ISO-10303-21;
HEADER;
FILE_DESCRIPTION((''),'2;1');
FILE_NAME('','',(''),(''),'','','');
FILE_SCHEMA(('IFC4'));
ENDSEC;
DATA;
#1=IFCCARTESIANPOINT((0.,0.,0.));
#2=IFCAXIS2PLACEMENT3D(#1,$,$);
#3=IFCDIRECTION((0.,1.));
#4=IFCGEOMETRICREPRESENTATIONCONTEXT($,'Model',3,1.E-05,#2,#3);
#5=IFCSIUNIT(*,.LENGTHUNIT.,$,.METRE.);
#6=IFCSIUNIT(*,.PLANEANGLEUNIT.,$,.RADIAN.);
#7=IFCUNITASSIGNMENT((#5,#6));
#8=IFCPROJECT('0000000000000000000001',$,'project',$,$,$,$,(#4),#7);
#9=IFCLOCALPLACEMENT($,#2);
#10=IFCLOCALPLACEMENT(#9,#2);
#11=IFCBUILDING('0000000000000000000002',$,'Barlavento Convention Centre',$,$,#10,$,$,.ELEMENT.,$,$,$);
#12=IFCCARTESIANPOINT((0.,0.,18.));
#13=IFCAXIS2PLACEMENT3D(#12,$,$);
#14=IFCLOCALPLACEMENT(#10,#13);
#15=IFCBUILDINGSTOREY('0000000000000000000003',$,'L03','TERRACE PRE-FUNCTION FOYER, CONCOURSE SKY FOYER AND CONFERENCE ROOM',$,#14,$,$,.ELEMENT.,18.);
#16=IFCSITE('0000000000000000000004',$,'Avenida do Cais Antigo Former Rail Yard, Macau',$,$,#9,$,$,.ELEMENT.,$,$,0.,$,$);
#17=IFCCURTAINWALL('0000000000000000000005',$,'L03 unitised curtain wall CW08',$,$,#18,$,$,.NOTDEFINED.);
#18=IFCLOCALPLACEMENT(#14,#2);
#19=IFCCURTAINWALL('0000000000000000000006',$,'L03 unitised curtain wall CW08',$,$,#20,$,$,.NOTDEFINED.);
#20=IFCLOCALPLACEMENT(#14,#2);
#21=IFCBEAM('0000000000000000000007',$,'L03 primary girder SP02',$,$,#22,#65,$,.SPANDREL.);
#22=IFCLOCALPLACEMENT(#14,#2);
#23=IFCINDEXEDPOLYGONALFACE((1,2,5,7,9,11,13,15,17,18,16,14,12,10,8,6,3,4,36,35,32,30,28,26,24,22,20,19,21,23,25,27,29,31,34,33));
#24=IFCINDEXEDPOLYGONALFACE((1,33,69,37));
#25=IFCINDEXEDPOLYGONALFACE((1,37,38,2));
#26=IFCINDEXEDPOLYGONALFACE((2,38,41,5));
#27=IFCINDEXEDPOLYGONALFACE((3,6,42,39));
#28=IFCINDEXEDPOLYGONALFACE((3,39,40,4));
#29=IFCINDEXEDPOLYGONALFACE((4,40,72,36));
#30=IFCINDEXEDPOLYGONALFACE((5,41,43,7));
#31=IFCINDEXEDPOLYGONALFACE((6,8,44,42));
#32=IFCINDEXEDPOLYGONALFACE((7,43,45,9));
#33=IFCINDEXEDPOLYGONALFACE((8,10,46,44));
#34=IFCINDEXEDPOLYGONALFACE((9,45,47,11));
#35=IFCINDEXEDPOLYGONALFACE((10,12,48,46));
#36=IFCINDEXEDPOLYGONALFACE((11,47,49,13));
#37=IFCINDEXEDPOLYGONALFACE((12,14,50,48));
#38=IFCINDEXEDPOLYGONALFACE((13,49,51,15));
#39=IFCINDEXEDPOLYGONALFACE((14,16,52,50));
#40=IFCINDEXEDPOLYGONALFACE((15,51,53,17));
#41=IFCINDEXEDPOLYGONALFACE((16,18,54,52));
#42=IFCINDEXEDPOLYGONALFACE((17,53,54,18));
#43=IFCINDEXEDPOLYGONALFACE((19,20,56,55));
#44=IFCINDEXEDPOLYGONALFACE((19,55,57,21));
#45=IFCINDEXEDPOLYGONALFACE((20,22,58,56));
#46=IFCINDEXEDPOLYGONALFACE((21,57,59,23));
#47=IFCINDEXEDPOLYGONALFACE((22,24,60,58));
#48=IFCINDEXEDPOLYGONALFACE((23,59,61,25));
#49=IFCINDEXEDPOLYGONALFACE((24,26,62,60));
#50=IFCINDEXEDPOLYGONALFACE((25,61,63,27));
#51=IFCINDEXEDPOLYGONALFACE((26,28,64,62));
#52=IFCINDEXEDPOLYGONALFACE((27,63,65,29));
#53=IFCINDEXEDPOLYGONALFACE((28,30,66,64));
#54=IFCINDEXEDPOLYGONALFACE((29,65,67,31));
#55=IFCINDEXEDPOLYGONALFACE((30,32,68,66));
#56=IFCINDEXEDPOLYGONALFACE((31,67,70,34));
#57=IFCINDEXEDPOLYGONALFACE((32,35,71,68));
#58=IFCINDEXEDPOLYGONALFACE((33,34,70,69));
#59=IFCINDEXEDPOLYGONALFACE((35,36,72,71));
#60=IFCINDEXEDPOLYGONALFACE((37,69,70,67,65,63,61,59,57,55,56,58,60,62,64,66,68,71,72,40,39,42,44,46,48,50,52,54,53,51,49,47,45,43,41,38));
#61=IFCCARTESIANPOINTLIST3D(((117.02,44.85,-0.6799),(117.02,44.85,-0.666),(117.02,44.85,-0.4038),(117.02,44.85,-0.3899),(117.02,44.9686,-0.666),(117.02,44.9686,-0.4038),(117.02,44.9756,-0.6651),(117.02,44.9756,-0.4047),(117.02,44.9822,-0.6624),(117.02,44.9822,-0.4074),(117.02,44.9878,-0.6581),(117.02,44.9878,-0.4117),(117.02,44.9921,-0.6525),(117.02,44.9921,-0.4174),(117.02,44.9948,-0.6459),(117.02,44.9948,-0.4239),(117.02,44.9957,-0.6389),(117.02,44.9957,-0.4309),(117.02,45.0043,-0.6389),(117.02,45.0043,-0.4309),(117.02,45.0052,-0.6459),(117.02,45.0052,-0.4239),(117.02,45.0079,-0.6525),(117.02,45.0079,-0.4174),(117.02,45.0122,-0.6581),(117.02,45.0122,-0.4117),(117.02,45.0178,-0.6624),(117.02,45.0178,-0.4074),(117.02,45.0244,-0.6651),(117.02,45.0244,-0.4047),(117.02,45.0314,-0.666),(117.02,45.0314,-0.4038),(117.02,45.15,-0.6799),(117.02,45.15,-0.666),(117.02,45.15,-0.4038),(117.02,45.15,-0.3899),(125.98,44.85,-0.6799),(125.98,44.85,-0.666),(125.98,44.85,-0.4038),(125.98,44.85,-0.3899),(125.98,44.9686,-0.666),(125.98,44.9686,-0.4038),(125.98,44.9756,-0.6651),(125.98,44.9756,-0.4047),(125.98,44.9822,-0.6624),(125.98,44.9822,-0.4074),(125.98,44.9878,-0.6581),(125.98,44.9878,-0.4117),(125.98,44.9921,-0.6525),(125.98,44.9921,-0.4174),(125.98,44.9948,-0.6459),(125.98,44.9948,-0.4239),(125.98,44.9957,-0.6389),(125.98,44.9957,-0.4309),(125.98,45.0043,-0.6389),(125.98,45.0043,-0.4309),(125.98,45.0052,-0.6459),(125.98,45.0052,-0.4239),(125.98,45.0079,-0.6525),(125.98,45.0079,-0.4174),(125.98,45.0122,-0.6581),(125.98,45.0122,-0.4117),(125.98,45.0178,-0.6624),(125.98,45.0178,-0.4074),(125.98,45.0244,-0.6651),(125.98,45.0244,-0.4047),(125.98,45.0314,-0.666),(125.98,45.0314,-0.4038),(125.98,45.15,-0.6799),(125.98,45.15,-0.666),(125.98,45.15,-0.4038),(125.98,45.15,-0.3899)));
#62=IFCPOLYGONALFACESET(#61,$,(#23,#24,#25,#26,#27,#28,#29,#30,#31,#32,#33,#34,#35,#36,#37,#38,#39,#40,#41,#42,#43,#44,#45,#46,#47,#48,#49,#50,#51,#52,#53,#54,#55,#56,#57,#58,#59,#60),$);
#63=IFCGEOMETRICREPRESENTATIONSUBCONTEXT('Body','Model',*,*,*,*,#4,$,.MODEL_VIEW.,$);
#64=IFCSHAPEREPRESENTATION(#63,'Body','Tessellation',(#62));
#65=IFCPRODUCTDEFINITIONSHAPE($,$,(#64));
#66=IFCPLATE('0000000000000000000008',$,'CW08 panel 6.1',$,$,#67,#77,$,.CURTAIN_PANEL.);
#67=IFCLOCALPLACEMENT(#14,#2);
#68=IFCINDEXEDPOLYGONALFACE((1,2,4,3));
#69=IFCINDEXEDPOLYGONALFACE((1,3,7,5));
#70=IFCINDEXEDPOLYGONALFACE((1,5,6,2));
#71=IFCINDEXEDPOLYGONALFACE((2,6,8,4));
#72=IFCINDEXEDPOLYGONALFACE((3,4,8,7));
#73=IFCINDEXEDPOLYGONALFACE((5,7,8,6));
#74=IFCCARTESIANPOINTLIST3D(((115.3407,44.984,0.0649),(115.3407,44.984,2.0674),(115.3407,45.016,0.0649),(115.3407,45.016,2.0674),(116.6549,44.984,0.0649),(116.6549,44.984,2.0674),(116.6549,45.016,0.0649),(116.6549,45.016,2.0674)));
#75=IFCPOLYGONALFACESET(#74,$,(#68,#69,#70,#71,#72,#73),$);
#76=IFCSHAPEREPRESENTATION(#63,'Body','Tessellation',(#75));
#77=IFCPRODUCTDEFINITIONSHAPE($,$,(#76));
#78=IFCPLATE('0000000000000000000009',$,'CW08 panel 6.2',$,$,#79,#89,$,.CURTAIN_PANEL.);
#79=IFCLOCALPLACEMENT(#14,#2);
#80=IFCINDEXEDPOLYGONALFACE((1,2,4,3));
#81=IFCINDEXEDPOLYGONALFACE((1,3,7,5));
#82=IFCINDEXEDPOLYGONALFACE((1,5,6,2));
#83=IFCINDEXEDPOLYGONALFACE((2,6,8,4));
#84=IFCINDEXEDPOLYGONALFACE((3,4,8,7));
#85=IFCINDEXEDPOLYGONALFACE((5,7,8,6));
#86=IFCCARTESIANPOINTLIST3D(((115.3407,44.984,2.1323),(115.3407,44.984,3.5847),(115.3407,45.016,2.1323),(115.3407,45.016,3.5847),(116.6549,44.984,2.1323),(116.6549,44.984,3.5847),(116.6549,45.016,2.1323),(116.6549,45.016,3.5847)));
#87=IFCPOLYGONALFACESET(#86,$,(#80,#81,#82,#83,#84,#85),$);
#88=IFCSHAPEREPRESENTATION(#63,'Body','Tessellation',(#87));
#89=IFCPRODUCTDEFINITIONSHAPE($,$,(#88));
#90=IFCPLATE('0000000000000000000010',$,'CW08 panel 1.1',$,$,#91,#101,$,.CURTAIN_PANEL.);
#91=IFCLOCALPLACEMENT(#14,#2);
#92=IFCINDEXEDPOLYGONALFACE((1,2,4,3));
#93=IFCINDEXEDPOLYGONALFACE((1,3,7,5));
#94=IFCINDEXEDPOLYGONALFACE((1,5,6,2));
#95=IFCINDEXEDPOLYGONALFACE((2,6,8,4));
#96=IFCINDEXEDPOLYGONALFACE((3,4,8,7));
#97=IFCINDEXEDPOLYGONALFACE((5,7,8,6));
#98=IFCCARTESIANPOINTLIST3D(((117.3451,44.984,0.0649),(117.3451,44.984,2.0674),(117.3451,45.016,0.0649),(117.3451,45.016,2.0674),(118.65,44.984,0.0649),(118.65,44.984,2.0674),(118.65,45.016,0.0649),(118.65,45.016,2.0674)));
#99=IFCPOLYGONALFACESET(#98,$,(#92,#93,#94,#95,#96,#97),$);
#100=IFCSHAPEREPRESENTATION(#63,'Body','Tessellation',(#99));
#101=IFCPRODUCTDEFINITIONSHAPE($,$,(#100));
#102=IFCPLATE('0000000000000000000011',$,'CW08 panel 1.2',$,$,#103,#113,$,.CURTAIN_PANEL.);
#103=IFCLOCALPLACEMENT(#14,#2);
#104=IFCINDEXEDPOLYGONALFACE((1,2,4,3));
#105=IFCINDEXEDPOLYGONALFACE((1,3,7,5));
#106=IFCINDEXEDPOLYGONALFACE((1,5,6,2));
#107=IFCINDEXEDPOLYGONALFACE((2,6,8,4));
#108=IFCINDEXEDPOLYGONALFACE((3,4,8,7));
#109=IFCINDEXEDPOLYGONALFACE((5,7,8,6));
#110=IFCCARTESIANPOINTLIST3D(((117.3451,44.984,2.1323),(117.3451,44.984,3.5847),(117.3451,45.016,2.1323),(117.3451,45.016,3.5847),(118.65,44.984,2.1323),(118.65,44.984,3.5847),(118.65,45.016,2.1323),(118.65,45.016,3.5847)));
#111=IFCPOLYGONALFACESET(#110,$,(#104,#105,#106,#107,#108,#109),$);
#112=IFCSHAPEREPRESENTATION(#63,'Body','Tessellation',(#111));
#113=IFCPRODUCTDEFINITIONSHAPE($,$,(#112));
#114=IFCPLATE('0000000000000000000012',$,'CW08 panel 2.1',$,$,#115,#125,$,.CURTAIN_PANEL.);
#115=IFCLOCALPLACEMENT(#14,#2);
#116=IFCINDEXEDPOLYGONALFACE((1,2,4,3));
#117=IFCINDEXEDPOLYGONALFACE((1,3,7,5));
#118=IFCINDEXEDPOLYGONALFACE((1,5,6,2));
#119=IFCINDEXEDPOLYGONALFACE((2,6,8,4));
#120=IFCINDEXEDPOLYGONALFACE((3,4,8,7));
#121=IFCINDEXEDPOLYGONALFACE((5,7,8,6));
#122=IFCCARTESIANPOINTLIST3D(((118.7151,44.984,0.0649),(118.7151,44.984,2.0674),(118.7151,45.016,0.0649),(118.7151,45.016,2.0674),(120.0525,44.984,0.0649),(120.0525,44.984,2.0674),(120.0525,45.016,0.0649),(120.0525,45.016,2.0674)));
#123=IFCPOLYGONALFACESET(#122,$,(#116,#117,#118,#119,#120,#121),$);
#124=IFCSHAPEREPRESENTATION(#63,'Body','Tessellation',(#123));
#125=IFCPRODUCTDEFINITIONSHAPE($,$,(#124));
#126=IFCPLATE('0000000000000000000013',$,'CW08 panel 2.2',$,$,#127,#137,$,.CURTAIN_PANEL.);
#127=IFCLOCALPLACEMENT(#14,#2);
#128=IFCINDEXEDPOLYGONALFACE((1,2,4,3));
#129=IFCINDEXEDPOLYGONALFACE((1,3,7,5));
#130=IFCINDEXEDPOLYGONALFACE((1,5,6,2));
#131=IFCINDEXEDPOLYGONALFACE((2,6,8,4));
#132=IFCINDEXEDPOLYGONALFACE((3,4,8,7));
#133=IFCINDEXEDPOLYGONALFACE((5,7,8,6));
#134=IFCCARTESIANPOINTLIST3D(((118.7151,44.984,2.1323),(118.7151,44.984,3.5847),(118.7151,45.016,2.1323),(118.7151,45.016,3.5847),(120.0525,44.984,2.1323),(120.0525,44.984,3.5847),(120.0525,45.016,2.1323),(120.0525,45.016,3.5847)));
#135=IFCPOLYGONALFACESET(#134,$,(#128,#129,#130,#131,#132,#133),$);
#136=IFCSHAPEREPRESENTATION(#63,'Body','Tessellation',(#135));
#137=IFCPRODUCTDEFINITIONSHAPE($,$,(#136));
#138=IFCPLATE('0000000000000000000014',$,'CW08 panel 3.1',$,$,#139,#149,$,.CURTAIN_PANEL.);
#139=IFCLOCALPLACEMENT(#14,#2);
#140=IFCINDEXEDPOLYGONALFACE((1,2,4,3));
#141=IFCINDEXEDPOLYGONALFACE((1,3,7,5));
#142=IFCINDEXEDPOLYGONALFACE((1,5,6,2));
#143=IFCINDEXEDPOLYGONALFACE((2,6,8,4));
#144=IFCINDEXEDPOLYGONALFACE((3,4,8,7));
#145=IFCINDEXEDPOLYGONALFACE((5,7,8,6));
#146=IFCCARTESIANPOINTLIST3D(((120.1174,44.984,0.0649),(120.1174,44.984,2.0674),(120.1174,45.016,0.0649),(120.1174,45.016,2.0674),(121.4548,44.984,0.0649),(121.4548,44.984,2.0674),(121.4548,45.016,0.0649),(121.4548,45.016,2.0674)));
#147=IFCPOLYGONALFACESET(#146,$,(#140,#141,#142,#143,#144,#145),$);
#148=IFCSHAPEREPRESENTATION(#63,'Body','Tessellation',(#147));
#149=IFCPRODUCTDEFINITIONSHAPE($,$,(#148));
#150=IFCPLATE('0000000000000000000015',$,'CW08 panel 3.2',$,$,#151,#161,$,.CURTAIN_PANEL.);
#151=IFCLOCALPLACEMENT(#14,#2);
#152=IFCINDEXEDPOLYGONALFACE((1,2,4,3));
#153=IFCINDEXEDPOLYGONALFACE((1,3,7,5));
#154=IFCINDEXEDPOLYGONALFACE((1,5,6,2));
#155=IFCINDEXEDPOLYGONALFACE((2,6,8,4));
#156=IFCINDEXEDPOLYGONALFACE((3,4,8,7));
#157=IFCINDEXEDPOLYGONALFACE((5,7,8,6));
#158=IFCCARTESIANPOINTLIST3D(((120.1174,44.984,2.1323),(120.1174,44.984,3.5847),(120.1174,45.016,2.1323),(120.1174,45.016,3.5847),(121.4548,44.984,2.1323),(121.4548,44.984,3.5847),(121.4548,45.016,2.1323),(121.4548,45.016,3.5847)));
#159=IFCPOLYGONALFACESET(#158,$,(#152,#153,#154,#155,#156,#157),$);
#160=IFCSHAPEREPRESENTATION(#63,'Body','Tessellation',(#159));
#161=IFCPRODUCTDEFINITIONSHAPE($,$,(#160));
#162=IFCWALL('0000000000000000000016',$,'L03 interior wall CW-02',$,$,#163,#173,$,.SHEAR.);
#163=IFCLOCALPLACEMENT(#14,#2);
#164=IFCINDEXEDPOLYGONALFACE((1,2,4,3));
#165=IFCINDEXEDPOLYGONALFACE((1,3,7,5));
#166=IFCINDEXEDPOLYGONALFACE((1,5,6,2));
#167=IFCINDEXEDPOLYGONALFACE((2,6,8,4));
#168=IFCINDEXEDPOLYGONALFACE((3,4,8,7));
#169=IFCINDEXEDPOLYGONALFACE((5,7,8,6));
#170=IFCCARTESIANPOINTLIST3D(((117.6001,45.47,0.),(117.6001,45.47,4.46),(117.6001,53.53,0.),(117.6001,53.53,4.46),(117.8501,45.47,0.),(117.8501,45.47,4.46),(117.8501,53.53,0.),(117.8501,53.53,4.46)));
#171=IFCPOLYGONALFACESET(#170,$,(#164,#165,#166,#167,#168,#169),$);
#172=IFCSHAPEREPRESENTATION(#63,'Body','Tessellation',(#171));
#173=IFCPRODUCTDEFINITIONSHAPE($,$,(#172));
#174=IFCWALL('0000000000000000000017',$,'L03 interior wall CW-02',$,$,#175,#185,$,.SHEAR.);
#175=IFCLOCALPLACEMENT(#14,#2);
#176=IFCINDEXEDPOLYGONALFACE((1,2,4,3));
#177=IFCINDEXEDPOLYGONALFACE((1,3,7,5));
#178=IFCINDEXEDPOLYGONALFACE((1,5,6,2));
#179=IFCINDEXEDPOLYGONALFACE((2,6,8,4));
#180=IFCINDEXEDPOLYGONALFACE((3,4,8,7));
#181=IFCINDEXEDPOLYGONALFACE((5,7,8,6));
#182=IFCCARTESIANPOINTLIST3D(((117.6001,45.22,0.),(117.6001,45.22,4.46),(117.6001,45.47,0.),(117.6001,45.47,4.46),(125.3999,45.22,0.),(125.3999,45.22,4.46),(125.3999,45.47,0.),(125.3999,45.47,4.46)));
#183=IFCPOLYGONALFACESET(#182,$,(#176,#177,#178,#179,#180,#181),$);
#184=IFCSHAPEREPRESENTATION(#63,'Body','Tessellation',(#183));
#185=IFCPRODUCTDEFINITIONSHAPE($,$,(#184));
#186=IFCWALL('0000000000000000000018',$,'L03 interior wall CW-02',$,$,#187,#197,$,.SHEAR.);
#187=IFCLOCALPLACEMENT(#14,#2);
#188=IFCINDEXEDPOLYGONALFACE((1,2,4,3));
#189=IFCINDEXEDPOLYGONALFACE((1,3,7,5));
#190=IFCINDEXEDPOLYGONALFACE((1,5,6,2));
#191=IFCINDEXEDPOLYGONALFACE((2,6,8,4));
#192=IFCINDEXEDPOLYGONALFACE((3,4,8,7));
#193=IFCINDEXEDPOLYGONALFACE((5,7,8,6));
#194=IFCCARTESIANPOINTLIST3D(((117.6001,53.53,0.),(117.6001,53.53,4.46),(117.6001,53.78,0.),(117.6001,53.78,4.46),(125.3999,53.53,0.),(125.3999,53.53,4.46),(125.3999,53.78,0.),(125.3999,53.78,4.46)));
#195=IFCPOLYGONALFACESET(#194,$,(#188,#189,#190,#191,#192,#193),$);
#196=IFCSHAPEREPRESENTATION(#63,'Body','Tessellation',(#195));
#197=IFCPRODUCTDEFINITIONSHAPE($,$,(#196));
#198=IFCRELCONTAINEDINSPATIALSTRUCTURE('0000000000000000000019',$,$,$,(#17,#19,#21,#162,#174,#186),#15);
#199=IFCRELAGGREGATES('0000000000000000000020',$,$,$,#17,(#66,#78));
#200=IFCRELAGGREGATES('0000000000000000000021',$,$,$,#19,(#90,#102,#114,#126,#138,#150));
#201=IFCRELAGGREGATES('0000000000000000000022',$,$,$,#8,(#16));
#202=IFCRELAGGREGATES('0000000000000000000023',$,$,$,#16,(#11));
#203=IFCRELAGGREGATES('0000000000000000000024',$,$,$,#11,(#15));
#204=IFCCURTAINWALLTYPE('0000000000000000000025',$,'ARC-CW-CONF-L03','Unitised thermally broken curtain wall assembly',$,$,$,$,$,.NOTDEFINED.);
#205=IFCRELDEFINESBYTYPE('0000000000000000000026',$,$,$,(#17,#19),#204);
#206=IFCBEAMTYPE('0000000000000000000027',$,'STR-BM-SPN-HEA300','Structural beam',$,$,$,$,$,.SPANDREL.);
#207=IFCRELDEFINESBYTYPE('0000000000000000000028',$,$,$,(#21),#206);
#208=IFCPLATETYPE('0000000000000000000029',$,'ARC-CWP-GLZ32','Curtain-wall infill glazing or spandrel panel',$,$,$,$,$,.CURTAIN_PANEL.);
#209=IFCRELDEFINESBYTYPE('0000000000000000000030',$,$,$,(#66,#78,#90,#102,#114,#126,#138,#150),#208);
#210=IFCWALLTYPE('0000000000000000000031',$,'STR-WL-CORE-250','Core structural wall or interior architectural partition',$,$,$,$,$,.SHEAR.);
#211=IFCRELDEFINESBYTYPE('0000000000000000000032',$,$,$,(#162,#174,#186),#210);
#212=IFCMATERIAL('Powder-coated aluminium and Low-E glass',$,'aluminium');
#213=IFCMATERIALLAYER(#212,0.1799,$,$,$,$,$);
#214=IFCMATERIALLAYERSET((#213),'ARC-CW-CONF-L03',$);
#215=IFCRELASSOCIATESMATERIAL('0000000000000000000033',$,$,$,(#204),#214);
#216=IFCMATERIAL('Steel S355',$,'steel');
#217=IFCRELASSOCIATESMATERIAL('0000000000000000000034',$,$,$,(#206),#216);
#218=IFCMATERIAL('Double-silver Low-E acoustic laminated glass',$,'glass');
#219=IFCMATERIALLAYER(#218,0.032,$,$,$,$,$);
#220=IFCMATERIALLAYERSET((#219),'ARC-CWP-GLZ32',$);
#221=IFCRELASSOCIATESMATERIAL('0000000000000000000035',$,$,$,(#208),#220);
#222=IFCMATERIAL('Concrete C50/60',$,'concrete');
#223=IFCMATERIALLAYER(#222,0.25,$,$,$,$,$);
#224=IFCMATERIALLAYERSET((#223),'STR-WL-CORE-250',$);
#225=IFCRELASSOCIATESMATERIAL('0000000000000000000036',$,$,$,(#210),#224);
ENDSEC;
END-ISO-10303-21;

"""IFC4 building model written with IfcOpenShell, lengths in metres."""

from ifc_helpers import new_model, si_unit, direction, frame, frame_2d, origin, origin_2d, place, context, subcontext, project, spatial, rectangle, i_section, extrude, material, layer, layer_set, material_profile, profile_set, type_object, element, aggregate, save


model = new_model("IFC4")

# Units and contexts
model_context = context("Model", 3, precision=1e-05, world=origin(), true_north=direction((0.0, 1.0)))
body_context = subcontext(model_context, "Body", "Model", "MODEL_VIEW")
ifc_project = project(units=[si_unit("LENGTHUNIT", "METRE"), si_unit("PLANEANGLEUNIT", "RADIAN")], contexts=[model_context])

# Site, building, storey
site_placement = place(None, origin())
site = spatial("IfcSite", under=ifc_project, at=site_placement, Name="Avenida do Cais Antigo Former Rail Yard, Macau", CompositionType="ELEMENT", RefElevation=0.0)
building_placement = place(site_placement, origin())
building = spatial("IfcBuilding", under=site, at=building_placement, Name="Barlavento Convention Centre", CompositionType="ELEMENT")
storey_placement = place(building_placement, frame((0.0, 0.0, 18.0)))
storey = spatial("IfcBuildingStorey", under=building, at=storey_placement, Name="L03", Description="TERRACE PRE-FUNCTION FOYER, CONCOURSE SKY FOYER AND CONFERENCE ROOM", CompositionType="ELEMENT", Elevation=18.0)

# Shared definitions
ifc_material_1 = material(Name="Steel S355", Category="steel")

# Curtain wall
ifc_material_2 = material(Name="Powder-coated aluminium and Low-E glass", Category="aluminium")
ifc_layer_1 = layer(ifc_material_2, 0.1799)
ifc_layer_set_1 = layer_set([ifc_layer_1], Name="ARC-CW-CONF-L03")
curtain_wall_type = type_object("IfcCurtainWallType", Name="ARC-CW-CONF-L03", Description="Unitised thermally broken curtain wall assembly", PredefinedType="NOTDEFINED", material=ifc_layer_set_1)
curtain_wall_1_placement = place(storey_placement, origin())
curtain_wall_1 = element("IfcCurtainWall", 1, at=curtain_wall_1_placement, inside=storey, type_object=curtain_wall_type, Name="L03 unitised curtain wall CW08", PredefinedType="NOTDEFINED")

# Curtain wall
curtain_wall_2_placement = place(storey_placement, origin())
curtain_wall_2 = element("IfcCurtainWall", 2, at=curtain_wall_2_placement, inside=storey, type_object=curtain_wall_type, Name="L03 unitised curtain wall CW08", PredefinedType="NOTDEFINED")

# Beam
ifc_material_profile_1 = material_profile(ifc_material_1, i_section(OverallWidth=0.3, OverallDepth=0.29, WebThickness=0.0085, FlangeThickness=0.0139, FilletRadius=0.0271, at=origin_2d()), Name="HEA 300")
ifc_profile_set_1 = profile_set([ifc_material_profile_1], Name="Steel S355")
beam_type_1 = type_object("IfcBeamType", Name="STR-BM-SPN-HEA300", Description="Structural beam", PredefinedType="SPANDREL", material=ifc_profile_set_1)
beam_1_placement = place(storey_placement, frame((117.02, 45.0, -0.5349), z_axis=(1.0, 0.0, 0.0), x_axis=(0.0, 1.0, 0.0)))
element("IfcBeam", 3, at=beam_1_placement, inside=storey, type_object=beam_type_1, Name="L03 primary girder SP02", PredefinedType="SPANDREL", context=body_context, shape_type="SweptSolid", body=[
    extrude(i_section(OverallWidth=0.3, OverallDepth=0.29, WebThickness=0.0085, FlangeThickness=0.0139, FilletRadius=0.0271, at=origin_2d()), origin(), (0.0, 0.0, 1.0), 8.96),
])

# Plates
ifc_material_3 = material(Name="Double-silver Low-E acoustic laminated glass", Category="glass")
ifc_layer_2 = layer(ifc_material_3, 0.032)
ifc_layer_set_2 = layer_set([ifc_layer_2], Name="ARC-CWP-GLZ32")
plate_type = type_object("IfcPlateType", Name="ARC-CWP-GLZ32", Description="Curtain-wall infill glazing or spandrel panel", PredefinedType="CURTAIN_PANEL", material=ifc_layer_set_2)
plate_1_placement = place(storey_placement, frame((115.9978, 45.0, 0.0649), z_axis=(0.0, 0.0, 1.0), x_axis=(1.0, 0.0, 0.0)))
plate_1 = element("IfcPlate", 4, at=plate_1_placement, type_object=plate_type, Name="CW08 panel 6.1", PredefinedType="CURTAIN_PANEL", context=body_context, shape_type="SweptSolid", body=[
    extrude(rectangle(XDim=1.3142, YDim=0.032, at=origin_2d()), origin(), (0.0, 0.0, 1.0), 2.0024),
])
plate_2_placement = place(storey_placement, frame((115.9978, 45.0, 2.1323), z_axis=(0.0, 0.0, 1.0), x_axis=(1.0, 0.0, 0.0)))
plate_2 = element("IfcPlate", 5, at=plate_2_placement, type_object=plate_type, Name="CW08 panel 6.2", PredefinedType="CURTAIN_PANEL", context=body_context, shape_type="SweptSolid", body=[
    extrude(rectangle(XDim=1.3142, YDim=0.032, at=origin_2d()), origin(), (0.0, 0.0, 1.0), 1.4524),
])
aggregate(curtain_wall_1, [plate_1, plate_2])
plate_3_placement = place(storey_placement, frame((117.9976, 45.0, 0.0649), z_axis=(0.0, 0.0, 1.0), x_axis=(1.0, 0.0, 0.0)))
plate_3 = element("IfcPlate", 6, at=plate_3_placement, type_object=plate_type, Name="CW08 panel 1.1", PredefinedType="CURTAIN_PANEL", context=body_context, shape_type="SweptSolid", body=[
    extrude(rectangle(XDim=1.3049, YDim=0.032, at=origin_2d()), origin(), (0.0, 0.0, 1.0), 2.0024),
])
plate_4_placement = place(storey_placement, frame((117.9976, 45.0, 2.1323), z_axis=(0.0, 0.0, 1.0), x_axis=(1.0, 0.0, 0.0)))
plate_4 = element("IfcPlate", 7, at=plate_4_placement, type_object=plate_type, Name="CW08 panel 1.2", PredefinedType="CURTAIN_PANEL", context=body_context, shape_type="SweptSolid", body=[
    extrude(rectangle(XDim=1.3049, YDim=0.032, at=origin_2d()), origin(), (0.0, 0.0, 1.0), 1.4524),
])
plate_5_placement = place(storey_placement, frame((119.3838, 45.0, 0.0649), z_axis=(0.0, 0.0, 1.0), x_axis=(1.0, 0.0, 0.0)))
plate_5 = element("IfcPlate", 8, at=plate_5_placement, type_object=plate_type, Name="CW08 panel 2.1", PredefinedType="CURTAIN_PANEL", context=body_context, shape_type="SweptSolid", body=[
    extrude(rectangle(XDim=1.3374, YDim=0.032, at=origin_2d()), origin(), (0.0, 0.0, 1.0), 2.0024),
])
plate_6_placement = place(storey_placement, frame((119.3838, 45.0, 2.1323), z_axis=(0.0, 0.0, 1.0), x_axis=(1.0, 0.0, 0.0)))
plate_6 = element("IfcPlate", 9, at=plate_6_placement, type_object=plate_type, Name="CW08 panel 2.2", PredefinedType="CURTAIN_PANEL", context=body_context, shape_type="SweptSolid", body=[
    extrude(rectangle(XDim=1.3374, YDim=0.032, at=origin_2d()), origin(), (0.0, 0.0, 1.0), 1.4524),
])
plate_7_placement = place(storey_placement, frame((120.7861, 45.0, 0.0649), z_axis=(0.0, 0.0, 1.0), x_axis=(1.0, 0.0, 0.0)))
plate_7 = element("IfcPlate", 10, at=plate_7_placement, type_object=plate_type, Name="CW08 panel 3.1", PredefinedType="CURTAIN_PANEL", context=body_context, shape_type="SweptSolid", body=[
    extrude(rectangle(XDim=1.3374, YDim=0.032, at=origin_2d()), origin(), (0.0, 0.0, 1.0), 2.0024),
])
plate_8_placement = place(storey_placement, frame((120.7861, 45.0, 2.1323), z_axis=(0.0, 0.0, 1.0), x_axis=(1.0, 0.0, 0.0)))
plate_8 = element("IfcPlate", 11, at=plate_8_placement, type_object=plate_type, Name="CW08 panel 3.2", PredefinedType="CURTAIN_PANEL", context=body_context, shape_type="SweptSolid", body=[
    extrude(rectangle(XDim=1.3374, YDim=0.032, at=origin_2d()), origin(), (0.0, 0.0, 1.0), 1.4524),
])
aggregate(curtain_wall_2, [plate_3, plate_4, plate_5, plate_6, plate_7, plate_8])

# Walls
ifc_material_4 = material(Name="Concrete C50/60", Category="concrete")
ifc_layer_3 = layer(ifc_material_4, 0.25)
ifc_layer_set_3 = layer_set([ifc_layer_3], Name="STR-WL-CORE-250")
wall_type = type_object("IfcWallType", Name="STR-WL-CORE-250", Description="Core structural wall or interior architectural partition", PredefinedType="SHEAR", material=ifc_layer_set_3)
wall_placement = place(storey_placement, frame((117.7251, 45.47, 0.0), z_axis=(0.0, 0.0, 1.0), x_axis=(0.0, 1.0, 0.0)))
element("IfcWall", 12, at=wall_placement, inside=storey, type_object=wall_type, Name="L03 interior wall CW-02", PredefinedType="SHEAR", context=body_context, shape_type="SweptSolid", body=[
    extrude(rectangle(XDim=8.0601, YDim=0.25, at=frame_2d((4.03, 0.0))), origin(), (0.0, 0.0, 1.0), 4.46),
])
for number, where, z_axis, x_axis, name in (
    (13, (117.6001, 45.345, 0.0), (0.0, 0.0, 1.0), (1.0, 0.0, 0.0), "L03 interior wall CW-02"),
    (14, (117.6001, 53.655, 0.0), (0.0, 0.0, 1.0), (1.0, 0.0, 0.0), "L03 interior wall CW-02"),
):
    element("IfcWall", number, at=place(storey_placement, frame(where, z_axis=z_axis, x_axis=x_axis)), inside=storey, type_object=wall_type, Name=name, PredefinedType="SHEAR", context=body_context, shape_type="SweptSolid", body=[
        extrude(rectangle(XDim=7.7998, YDim=0.25, at=frame_2d((3.8999, 0.0))), origin(), (0.0, 0.0, 1.0), 4.46),
    ])

save(model, "model.ifc")
